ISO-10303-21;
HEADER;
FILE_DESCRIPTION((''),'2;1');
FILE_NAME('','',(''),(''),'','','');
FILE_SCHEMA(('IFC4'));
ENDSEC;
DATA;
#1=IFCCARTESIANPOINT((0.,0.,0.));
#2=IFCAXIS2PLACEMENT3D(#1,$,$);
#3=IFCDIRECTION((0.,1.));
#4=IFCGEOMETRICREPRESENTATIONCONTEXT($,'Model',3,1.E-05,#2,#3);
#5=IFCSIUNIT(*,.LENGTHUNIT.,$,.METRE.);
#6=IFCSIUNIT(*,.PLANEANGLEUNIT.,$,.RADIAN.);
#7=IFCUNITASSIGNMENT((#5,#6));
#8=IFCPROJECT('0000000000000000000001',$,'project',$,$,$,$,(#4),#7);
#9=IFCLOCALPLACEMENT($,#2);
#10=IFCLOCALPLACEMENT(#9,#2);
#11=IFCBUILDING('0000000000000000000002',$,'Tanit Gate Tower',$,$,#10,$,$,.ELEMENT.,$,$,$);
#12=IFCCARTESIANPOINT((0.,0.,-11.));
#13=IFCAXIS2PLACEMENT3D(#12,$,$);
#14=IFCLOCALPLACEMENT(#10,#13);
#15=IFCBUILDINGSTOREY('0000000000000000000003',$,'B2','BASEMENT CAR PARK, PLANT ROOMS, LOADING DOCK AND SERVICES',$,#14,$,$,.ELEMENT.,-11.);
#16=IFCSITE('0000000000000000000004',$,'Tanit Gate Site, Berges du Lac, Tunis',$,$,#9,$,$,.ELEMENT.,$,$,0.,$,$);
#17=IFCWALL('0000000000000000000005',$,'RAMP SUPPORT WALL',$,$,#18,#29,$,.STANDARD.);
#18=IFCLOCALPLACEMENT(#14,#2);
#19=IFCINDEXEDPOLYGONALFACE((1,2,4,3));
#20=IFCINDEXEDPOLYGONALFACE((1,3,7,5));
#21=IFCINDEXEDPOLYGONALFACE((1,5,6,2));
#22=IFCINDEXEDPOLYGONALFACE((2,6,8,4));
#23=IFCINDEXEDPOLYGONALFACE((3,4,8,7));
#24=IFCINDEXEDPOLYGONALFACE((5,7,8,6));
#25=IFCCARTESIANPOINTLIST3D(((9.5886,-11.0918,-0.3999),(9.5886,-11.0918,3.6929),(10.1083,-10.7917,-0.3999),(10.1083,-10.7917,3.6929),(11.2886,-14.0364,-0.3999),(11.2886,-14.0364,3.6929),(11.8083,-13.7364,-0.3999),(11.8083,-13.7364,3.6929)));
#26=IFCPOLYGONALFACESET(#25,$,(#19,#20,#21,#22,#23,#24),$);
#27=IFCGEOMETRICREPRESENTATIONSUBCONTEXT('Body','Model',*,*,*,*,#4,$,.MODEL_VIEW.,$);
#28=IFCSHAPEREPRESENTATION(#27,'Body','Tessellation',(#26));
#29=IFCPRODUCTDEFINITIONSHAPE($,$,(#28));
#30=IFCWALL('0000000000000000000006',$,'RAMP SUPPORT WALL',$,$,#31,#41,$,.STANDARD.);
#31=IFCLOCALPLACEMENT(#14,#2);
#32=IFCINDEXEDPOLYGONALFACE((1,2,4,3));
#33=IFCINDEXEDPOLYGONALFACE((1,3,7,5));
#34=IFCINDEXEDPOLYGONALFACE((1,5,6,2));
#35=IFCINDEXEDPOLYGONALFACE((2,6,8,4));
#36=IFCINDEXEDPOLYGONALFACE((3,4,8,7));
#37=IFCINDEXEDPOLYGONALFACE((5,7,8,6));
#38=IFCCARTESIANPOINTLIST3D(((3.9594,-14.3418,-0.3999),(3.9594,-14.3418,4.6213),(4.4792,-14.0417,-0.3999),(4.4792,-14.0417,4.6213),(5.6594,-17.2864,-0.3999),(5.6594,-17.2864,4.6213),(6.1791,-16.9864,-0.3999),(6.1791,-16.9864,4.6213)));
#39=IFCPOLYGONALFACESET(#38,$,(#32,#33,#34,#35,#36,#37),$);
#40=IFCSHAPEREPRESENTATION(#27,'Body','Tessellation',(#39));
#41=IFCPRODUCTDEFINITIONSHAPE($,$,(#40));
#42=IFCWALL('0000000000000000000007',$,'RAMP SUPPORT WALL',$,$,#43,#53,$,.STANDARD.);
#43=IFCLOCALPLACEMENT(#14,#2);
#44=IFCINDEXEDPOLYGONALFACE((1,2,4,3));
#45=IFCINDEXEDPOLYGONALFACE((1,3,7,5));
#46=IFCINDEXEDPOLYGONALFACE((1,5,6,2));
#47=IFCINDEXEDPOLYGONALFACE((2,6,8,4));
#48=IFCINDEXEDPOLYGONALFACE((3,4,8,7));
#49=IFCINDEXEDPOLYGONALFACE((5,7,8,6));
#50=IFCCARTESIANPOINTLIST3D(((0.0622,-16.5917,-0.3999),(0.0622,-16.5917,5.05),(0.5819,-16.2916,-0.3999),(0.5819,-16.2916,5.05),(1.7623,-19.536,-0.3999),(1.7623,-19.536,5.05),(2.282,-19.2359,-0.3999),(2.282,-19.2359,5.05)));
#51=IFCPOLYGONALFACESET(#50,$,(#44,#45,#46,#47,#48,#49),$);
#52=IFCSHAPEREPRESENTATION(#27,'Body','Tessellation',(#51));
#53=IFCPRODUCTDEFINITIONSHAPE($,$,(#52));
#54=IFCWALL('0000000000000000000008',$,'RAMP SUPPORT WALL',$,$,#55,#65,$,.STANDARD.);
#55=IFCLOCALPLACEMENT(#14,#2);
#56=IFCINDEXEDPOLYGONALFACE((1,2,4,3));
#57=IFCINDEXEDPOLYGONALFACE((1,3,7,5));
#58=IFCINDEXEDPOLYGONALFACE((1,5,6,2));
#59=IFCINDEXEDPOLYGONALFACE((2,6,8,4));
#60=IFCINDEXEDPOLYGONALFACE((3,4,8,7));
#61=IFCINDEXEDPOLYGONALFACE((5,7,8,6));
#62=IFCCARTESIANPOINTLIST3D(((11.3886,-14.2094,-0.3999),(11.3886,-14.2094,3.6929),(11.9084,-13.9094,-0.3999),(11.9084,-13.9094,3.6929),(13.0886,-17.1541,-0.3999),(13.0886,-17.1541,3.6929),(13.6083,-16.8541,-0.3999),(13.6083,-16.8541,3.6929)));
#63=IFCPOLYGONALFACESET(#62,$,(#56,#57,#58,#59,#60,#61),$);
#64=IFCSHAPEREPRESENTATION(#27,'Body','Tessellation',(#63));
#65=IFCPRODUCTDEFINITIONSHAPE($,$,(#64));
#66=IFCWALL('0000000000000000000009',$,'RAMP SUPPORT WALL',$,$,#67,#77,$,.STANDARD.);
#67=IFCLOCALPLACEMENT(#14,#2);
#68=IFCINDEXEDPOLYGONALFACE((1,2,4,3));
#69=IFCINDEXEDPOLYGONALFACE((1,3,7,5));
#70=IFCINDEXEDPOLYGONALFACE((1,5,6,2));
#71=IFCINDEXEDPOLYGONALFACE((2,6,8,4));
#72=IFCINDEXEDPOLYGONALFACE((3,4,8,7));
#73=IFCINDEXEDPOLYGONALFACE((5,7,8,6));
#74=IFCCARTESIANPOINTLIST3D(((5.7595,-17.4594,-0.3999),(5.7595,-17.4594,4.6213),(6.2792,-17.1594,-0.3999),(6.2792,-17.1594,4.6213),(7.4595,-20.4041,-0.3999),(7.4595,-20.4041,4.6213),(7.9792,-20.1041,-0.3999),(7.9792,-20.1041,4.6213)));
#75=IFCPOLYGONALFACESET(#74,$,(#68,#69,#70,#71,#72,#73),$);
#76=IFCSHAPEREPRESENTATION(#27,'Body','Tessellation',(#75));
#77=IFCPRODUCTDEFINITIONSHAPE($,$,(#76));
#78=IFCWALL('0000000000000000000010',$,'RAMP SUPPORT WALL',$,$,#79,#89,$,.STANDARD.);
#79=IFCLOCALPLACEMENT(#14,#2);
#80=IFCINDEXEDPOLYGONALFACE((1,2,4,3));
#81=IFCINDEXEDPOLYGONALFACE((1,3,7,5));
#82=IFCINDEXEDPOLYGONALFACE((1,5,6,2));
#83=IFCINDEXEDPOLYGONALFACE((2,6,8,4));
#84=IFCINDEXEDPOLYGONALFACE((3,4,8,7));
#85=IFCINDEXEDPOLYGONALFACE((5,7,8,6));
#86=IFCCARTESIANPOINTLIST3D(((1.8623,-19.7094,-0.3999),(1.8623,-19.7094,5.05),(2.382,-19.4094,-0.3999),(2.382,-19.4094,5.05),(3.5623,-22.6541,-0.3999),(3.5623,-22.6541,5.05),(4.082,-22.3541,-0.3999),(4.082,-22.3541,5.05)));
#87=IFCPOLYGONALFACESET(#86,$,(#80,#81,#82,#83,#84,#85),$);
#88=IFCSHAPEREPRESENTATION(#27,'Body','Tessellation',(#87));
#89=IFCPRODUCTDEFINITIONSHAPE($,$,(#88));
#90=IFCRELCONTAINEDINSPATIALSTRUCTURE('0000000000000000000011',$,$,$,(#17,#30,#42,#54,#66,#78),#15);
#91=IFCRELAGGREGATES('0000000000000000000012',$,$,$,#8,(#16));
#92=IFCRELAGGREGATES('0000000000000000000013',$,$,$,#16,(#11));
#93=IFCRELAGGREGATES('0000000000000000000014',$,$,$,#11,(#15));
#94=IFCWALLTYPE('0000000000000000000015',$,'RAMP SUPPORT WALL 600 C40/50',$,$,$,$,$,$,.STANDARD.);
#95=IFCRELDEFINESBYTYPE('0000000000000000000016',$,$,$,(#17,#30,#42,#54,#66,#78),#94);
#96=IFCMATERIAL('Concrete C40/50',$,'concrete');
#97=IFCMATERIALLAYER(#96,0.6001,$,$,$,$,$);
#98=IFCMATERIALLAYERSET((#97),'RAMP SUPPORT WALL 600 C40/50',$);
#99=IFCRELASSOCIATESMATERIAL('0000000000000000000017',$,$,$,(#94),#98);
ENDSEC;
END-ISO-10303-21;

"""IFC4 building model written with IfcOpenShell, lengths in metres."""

from ifc_helpers import new_model, si_unit, direction, frame, frame_2d, origin, place, context, subcontext, project, spatial, rectangle, extrude, material, layer, layer_set, type_object, element, save


model = new_model("IFC4")

# Units and contexts
model_context = context("Model", 3, precision=1e-05, world=origin(), true_north=direction((0.0, 1.0)))
body_context = subcontext(model_context, "Body", "Model", "MODEL_VIEW")
ifc_project = project(units=[si_unit("LENGTHUNIT", "METRE"), si_unit("PLANEANGLEUNIT", "RADIAN")], contexts=[model_context])

# Site, building, storey
site_placement = place(None, origin())
site = spatial("IfcSite", under=ifc_project, at=site_placement, Name="Tanit Gate Site, Berges du Lac, Tunis", CompositionType="ELEMENT", RefElevation=0.0)
building_placement = place(site_placement, origin())
building = spatial("IfcBuilding", under=site, at=building_placement, Name="Tanit Gate Tower", CompositionType="ELEMENT")
storey_placement = place(building_placement, frame((0.0, 0.0, -11.0)))
storey = spatial("IfcBuildingStorey", under=building, at=storey_placement, Name="B2", Description="BASEMENT CAR PARK, PLANT ROOMS, LOADING DOCK AND SERVICES", CompositionType="ELEMENT", Elevation=-11.0)

# Walls
ifc_material_1 = material(Name="Concrete C40/50", Category="concrete")
ifc_layer_1 = layer(ifc_material_1, 0.6001)
ifc_layer_set_1 = layer_set([ifc_layer_1], Name="RAMP SUPPORT WALL 600 C40/50")
wall_type_1 = type_object("IfcWallType", Name="RAMP SUPPORT WALL 600 C40/50", PredefinedType="STANDARD", material=ifc_layer_set_1)
wall_1_placement = place(storey_placement, frame((9.8484, -10.9417, -0.3999), z_axis=(0.0, 0.0, 1.0), x_axis=(0.499977, -0.866039, 0.0)))
element("IfcWall", 1, at=wall_1_placement, inside=storey, type_object=wall_type_1, Name="RAMP SUPPORT WALL", PredefinedType="STANDARD", context=body_context, shape_type="SweptSolid", body=[
    extrude(rectangle(XDim=3.4001, YDim=0.6001, at=frame_2d((1.7002, 0.0))), origin(), (0.0, 0.0, 1.0), 4.0928),
])
wall_2_placement = place(storey_placement, frame((4.2192, -14.1917, -0.3999), z_axis=(0.0, 0.0, 1.0), x_axis=(0.499977, -0.866039, 0.0)))
element("IfcWall", 2, at=wall_2_placement, inside=storey, type_object=wall_type_1, Name="RAMP SUPPORT WALL", PredefinedType="STANDARD", context=body_context, shape_type="SweptSolid", body=[
    extrude(rectangle(XDim=3.4001, YDim=0.6001, at=frame_2d((1.7002, 0.0))), origin(), (0.0, 0.0, 1.0), 5.0212),
])
wall_3_placement = place(storey_placement, frame((0.322, -16.4417, -0.3999), z_axis=(0.0, 0.0, 1.0), x_axis=(0.500062, -0.865989, 0.0)))
element("IfcWall", 3, at=wall_3_placement, inside=storey, type_object=wall_type_1, Name="RAMP SUPPORT WALL", PredefinedType="STANDARD", context=body_context, shape_type="SweptSolid", body=[
    extrude(rectangle(XDim=3.3999, YDim=0.6001, at=frame_2d((1.7, 0.0))), origin(), (0.0, 0.0, 1.0), 5.45),
])
wall_4_placement = place(storey_placement, frame((11.6484, -14.0593, -0.3999), z_axis=(0.0, 0.0, 1.0), x_axis=(0.499977, -0.866039, 0.0)))
element("IfcWall", 4, at=wall_4_placement, inside=storey, type_object=wall_type_1, Name="RAMP SUPPORT WALL", PredefinedType="STANDARD", context=body_context, shape_type="SweptSolid", body=[
    extrude(rectangle(XDim=3.4001, YDim=0.6001, at=frame_2d((1.7002, 0.0))), origin(), (0.0, 0.0, 1.0), 4.0928),
])
wall_5_placement = place(storey_placement, frame((6.0193, -17.3093, -0.3999), z_axis=(0.0, 0.0, 1.0), x_axis=(0.499977, -0.866039, 0.0)))
element("IfcWall", 5, at=wall_5_placement, inside=storey, type_object=wall_type_1, Name="RAMP SUPPORT WALL", PredefinedType="STANDARD", context=body_context, shape_type="SweptSolid", body=[
    extrude(rectangle(XDim=3.4001, YDim=0.6001, at=frame_2d((1.7002, 0.0))), origin(), (0.0, 0.0, 1.0), 5.0212),
])
wall_6_placement = place(storey_placement, frame((2.1221, -19.5593, -0.3999), z_axis=(0.0, 0.0, 1.0), x_axis=(0.499977, -0.866039, 0.0)))
element("IfcWall", 6, at=wall_6_placement, inside=storey, type_object=wall_type_1, Name="RAMP SUPPORT WALL", PredefinedType="STANDARD", context=body_context, shape_type="SweptSolid", body=[
    extrude(rectangle(XDim=3.4001, YDim=0.6001, at=frame_2d((1.7002, 0.0))), origin(), (0.0, 0.0, 1.0), 5.45),
])

save(model, "model.ifc")
